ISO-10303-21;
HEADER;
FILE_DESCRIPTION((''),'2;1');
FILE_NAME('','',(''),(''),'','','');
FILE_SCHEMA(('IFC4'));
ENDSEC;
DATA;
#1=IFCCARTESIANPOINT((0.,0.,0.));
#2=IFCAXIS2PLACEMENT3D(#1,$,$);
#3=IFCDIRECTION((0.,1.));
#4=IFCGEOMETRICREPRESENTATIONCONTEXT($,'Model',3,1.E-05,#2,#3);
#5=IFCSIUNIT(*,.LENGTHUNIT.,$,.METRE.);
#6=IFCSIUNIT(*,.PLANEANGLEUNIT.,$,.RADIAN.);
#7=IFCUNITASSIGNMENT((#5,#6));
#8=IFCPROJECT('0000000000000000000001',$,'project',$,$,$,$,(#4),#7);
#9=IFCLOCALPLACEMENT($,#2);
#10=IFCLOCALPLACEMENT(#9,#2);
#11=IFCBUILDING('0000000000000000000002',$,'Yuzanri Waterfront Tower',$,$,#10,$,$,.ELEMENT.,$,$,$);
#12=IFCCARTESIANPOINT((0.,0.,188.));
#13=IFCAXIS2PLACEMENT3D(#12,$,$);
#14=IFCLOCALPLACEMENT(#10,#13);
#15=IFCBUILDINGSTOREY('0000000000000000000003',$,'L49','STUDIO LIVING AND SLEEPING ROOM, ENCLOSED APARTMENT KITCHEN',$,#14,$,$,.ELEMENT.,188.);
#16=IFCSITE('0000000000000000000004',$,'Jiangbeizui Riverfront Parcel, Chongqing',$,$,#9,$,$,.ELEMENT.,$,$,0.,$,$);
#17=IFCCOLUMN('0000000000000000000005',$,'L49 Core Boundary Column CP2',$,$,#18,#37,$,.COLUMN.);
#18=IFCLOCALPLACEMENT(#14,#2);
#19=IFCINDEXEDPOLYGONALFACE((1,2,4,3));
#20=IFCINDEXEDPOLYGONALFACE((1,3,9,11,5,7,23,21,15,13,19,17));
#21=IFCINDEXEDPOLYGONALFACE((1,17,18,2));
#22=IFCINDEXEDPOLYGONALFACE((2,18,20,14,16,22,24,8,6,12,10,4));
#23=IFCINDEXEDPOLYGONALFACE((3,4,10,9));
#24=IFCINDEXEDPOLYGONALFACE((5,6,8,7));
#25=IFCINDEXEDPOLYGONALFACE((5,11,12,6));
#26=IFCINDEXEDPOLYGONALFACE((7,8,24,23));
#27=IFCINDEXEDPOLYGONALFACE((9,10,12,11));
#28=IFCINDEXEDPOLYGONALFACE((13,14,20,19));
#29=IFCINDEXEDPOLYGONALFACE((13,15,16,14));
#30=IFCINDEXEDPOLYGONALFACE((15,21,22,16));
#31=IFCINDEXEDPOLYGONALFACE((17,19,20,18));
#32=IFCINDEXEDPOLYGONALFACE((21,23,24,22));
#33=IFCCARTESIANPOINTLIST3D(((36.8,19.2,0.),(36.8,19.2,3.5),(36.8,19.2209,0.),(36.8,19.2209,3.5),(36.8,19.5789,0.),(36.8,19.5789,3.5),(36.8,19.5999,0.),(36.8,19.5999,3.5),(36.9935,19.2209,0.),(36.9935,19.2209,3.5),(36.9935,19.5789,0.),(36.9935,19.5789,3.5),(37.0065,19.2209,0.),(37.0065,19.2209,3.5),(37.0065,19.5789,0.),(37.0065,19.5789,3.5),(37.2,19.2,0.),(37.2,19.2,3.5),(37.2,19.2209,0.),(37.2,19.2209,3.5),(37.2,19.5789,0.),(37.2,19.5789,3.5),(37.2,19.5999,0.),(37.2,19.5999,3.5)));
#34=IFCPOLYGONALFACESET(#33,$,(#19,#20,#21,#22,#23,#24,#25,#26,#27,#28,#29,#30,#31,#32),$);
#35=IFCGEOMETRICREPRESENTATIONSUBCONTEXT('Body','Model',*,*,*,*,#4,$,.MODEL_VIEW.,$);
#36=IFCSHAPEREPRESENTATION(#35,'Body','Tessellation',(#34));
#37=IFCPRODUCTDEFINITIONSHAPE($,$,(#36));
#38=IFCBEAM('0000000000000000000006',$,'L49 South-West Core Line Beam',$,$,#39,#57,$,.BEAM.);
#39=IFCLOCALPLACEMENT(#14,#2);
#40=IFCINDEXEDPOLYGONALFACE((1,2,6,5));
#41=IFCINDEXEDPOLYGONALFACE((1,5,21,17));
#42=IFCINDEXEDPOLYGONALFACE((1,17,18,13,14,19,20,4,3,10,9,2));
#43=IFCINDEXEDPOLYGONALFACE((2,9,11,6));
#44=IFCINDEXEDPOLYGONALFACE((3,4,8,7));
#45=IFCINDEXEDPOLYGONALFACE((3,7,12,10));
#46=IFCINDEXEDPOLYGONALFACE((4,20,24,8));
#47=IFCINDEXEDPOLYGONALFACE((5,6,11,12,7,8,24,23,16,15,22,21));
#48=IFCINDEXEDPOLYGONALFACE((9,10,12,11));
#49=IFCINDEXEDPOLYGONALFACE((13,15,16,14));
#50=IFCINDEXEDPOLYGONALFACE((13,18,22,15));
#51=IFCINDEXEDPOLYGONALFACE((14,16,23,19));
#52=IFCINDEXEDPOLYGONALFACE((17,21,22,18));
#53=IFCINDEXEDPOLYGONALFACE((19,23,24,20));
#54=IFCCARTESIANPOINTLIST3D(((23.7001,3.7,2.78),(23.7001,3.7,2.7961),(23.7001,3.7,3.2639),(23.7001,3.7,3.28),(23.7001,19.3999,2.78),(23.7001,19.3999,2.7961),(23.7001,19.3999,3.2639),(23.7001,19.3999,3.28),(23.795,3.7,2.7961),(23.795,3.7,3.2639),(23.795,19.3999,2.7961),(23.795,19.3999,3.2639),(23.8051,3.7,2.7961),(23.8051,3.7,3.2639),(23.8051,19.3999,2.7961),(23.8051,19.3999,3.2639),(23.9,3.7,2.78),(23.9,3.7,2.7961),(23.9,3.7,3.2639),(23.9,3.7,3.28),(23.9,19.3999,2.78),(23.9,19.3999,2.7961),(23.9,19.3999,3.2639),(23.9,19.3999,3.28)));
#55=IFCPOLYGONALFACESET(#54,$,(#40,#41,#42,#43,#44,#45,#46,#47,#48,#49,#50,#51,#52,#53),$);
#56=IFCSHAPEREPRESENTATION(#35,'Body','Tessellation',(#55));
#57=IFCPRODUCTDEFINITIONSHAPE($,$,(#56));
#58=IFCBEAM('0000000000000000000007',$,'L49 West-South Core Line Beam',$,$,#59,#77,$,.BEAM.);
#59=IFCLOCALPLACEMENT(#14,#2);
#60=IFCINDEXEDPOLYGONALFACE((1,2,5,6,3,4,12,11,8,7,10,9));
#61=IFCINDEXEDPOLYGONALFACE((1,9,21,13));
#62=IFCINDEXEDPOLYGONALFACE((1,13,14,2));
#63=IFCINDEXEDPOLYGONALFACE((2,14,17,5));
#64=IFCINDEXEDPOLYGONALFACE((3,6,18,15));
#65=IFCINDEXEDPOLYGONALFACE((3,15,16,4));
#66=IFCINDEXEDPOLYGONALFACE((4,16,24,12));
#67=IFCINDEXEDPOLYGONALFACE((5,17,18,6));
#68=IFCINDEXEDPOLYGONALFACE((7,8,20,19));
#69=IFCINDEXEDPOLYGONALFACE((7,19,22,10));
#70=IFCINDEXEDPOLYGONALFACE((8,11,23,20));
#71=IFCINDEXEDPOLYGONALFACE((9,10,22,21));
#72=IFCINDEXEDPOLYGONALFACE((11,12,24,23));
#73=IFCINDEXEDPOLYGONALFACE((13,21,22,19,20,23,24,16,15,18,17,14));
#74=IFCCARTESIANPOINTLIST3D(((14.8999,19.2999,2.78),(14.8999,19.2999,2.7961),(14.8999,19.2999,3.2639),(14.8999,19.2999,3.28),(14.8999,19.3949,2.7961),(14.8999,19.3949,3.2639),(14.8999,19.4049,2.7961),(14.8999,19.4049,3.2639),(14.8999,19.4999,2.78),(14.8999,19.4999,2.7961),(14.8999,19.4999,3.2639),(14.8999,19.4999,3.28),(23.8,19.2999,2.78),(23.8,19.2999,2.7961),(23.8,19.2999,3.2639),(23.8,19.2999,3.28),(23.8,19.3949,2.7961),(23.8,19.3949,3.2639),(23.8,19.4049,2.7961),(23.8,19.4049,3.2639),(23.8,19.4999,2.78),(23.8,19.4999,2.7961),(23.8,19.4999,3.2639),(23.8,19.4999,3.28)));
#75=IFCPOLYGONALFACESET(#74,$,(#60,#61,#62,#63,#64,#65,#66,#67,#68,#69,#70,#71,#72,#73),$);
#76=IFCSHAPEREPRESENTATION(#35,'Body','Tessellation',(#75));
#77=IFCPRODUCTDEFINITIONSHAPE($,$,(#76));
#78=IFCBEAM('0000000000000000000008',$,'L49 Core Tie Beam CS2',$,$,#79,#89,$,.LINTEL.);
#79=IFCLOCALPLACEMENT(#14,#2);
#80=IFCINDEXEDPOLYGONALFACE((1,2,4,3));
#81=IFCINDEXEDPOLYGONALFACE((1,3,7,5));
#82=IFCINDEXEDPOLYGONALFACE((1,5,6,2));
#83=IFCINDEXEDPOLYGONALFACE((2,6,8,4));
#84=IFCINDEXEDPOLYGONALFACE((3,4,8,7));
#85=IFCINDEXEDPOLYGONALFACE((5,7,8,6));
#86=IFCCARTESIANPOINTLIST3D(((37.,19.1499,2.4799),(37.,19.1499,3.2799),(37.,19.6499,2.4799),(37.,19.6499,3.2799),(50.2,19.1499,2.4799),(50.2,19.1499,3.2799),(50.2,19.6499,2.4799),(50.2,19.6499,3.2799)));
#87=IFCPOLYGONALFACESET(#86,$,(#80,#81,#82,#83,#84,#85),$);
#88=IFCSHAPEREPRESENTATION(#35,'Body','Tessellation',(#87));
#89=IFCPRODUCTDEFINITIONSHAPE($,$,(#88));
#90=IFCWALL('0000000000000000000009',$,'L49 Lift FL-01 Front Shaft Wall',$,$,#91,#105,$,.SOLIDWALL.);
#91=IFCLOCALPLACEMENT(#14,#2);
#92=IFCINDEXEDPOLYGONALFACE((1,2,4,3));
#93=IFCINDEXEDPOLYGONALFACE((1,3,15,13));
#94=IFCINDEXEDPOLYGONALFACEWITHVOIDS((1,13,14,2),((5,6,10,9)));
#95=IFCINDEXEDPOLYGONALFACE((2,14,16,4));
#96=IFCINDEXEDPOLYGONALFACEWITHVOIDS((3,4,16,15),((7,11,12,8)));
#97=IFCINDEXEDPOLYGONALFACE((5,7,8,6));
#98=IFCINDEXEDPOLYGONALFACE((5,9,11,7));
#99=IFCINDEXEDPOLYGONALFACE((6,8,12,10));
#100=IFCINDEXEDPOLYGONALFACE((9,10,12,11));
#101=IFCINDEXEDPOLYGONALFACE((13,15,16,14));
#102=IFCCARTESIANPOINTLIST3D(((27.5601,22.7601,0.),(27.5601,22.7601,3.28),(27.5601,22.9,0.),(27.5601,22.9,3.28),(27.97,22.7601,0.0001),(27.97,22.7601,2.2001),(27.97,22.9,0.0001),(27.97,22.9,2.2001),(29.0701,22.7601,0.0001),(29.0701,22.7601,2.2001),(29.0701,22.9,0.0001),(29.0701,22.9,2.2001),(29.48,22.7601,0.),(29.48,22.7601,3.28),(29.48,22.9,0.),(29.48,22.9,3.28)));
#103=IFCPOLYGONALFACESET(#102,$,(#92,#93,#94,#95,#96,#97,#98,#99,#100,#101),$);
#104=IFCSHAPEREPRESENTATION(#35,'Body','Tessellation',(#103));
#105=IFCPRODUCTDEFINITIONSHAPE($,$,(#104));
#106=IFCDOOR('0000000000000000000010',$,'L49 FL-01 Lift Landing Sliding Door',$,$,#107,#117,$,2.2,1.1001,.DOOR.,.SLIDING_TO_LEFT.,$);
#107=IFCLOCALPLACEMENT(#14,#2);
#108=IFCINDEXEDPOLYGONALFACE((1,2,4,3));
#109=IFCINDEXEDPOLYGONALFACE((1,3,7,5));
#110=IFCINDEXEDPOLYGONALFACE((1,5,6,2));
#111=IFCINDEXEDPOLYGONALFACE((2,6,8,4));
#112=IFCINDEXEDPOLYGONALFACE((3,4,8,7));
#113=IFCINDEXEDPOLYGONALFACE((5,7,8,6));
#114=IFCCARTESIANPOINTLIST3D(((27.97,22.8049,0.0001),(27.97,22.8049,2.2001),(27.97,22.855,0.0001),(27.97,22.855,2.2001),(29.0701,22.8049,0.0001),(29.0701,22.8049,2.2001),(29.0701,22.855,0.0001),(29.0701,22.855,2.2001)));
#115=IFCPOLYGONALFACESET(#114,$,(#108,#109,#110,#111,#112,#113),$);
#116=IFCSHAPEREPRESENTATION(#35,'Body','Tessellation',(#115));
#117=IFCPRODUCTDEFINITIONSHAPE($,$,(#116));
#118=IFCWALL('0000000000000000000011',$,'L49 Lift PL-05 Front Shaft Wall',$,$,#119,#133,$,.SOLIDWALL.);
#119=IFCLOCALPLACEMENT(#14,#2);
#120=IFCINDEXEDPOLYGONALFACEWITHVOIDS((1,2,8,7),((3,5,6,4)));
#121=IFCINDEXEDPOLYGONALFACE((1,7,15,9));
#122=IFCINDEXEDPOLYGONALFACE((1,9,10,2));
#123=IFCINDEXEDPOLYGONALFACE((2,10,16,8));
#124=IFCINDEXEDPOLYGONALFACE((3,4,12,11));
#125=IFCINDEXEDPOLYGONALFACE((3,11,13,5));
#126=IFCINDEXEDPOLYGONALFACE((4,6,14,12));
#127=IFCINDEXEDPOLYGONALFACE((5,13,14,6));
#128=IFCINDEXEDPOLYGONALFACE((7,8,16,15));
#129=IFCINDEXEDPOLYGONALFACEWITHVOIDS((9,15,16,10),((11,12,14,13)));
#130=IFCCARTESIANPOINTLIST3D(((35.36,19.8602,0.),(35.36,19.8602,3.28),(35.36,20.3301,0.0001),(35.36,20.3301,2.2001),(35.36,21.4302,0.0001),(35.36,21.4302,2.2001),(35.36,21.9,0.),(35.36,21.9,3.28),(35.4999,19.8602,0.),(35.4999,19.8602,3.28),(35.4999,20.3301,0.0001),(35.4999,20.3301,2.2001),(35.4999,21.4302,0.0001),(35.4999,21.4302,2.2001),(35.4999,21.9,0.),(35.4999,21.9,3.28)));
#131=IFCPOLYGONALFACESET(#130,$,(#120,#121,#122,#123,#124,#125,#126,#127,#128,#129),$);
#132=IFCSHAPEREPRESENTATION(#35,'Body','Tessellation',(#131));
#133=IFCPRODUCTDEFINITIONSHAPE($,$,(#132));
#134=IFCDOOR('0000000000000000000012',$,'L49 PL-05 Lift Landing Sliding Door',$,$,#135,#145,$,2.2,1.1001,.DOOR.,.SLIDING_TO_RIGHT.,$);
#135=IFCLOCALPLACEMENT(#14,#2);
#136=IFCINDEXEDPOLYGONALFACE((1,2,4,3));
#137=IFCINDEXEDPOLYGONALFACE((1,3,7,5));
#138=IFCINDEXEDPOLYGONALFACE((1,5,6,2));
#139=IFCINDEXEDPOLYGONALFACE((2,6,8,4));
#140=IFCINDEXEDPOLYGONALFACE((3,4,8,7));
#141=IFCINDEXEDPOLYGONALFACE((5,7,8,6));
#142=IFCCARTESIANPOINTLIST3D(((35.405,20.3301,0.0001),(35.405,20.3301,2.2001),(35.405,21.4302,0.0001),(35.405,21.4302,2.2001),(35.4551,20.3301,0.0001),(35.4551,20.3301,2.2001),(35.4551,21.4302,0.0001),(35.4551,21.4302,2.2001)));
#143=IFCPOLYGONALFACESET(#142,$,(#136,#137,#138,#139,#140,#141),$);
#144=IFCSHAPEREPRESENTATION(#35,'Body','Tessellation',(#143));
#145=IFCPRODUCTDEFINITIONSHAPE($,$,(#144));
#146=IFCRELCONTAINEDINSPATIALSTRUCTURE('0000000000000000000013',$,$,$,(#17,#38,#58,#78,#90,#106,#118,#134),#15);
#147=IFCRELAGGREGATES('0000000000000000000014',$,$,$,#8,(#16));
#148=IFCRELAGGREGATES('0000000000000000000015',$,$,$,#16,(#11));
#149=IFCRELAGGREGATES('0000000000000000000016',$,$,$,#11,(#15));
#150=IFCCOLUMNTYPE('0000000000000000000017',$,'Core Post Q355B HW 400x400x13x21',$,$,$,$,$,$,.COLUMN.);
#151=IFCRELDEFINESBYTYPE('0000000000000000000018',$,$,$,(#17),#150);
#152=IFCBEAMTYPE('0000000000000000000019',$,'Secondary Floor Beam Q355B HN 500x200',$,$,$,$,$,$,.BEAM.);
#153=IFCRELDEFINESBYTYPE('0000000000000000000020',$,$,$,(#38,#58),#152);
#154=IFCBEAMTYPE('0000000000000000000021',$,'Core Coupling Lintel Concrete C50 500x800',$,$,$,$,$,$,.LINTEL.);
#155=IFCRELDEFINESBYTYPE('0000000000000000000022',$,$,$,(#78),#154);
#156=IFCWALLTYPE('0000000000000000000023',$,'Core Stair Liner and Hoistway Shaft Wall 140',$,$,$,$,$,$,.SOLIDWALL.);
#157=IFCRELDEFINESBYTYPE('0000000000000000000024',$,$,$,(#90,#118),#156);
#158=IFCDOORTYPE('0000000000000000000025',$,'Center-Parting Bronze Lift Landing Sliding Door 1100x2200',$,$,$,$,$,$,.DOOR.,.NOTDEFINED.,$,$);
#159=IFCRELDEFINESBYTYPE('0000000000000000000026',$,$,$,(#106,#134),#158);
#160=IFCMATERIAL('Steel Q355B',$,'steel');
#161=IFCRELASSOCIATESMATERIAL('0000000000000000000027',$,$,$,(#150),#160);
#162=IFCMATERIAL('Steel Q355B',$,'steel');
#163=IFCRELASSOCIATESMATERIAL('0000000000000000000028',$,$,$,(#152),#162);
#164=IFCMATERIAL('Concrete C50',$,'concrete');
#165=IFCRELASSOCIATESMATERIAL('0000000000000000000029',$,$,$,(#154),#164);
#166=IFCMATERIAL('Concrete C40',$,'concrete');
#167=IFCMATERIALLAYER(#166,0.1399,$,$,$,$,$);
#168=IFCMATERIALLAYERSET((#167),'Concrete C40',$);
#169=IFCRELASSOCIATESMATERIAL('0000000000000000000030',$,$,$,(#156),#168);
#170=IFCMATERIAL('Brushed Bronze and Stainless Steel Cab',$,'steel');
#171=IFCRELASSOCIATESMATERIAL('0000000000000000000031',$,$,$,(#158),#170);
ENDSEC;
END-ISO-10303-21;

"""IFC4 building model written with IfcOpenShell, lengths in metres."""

from ifc_helpers import new_model, si_unit, direction, frame, frame_2d, origin, origin_2d, place, context, subcontext, project, spatial, rectangle, i_section, extrude, source, transform, mapped, material, layer, layer_set, material_profile, profile_set, type_object, element, fill, save


model = new_model("IFC4")

# Units and contexts
model_context = context("Model", 3, precision=1e-05, world=origin(), true_north=direction((0.0, 1.0)))
body_context = subcontext(model_context, "Body", "Model", "MODEL_VIEW")
ifc_project = project(units=[si_unit("LENGTHUNIT", "METRE"), si_unit("PLANEANGLEUNIT", "RADIAN")], contexts=[model_context])

# Site, building, storey
site_placement = place(None, origin())
site = spatial("IfcSite", under=ifc_project, at=site_placement, Name="Jiangbeizui Riverfront Parcel, Chongqing", CompositionType="ELEMENT", RefElevation=0.0)
building_placement = place(site_placement, origin())
building = spatial("IfcBuilding", under=site, at=building_placement, Name="Yuzanri Waterfront Tower", CompositionType="ELEMENT")
storey_placement = place(building_placement, frame((0.0, 0.0, 188.0)))
storey = spatial("IfcBuildingStorey", under=building, at=storey_placement, Name="L49", Description="STUDIO LIVING AND SLEEPING ROOM, ENCLOSED APARTMENT KITCHEN", CompositionType="ELEMENT", Elevation=188.0)

# Column
ifc_material_1 = material(Name="Steel Q355B", Category="steel")
ifc_material_profile_1 = material_profile(ifc_material_1, i_section(OverallWidth=0.3999, OverallDepth=0.3999, WebThickness=0.0129, FlangeThickness=0.021, at=origin_2d()), Name="HW 400x400x13x21")
ifc_profile_set_1 = profile_set([ifc_material_profile_1], Name="Steel Q355B")
column_type = type_object("IfcColumnType", Name="Core Post Q355B HW 400x400x13x21", PredefinedType="COLUMN", material=ifc_profile_set_1)
shared_shape_1 = source(origin(), body_context, "Body", "SweptSolid", [
    extrude(i_section(OverallWidth=0.3999, OverallDepth=0.3999, WebThickness=0.0129, FlangeThickness=0.021, at=origin_2d()), origin(), (0.0, 0.0, 1.0), 3.5),
])
column_placement = place(storey_placement, frame((37.0, 19.3999, 0.0), z_axis=(0.0, 0.0, 1.0), x_axis=(1.0, 0.0, 0.0)))
element("IfcColumn", 1, at=column_placement, inside=storey, type_object=column_type, Name="L49 Core Boundary Column CP2", PredefinedType="COLUMN", context=body_context, shape_type="MappedRepresentation", body=[
    mapped(shared_shape_1, transform((0.0, 0.0, 0.0), scale=1.0)),
])

# Beams
ifc_material_2 = material(Name="Steel Q355B", Category="steel")
ifc_material_profile_2 = material_profile(ifc_material_2, i_section(OverallWidth=0.2, OverallDepth=0.5, WebThickness=0.01, FlangeThickness=0.0161, at=origin_2d()), Name="HN 500x200x10x16")
ifc_profile_set_2 = profile_set([ifc_material_profile_2], Name="Steel Q355B")
beam_type_1 = type_object("IfcBeamType", Name="Secondary Floor Beam Q355B HN 500x200", PredefinedType="BEAM", material=ifc_profile_set_2)
shared_shape_2 = source(origin(), body_context, "Body", "SweptSolid", [
    extrude(i_section(OverallWidth=0.2, OverallDepth=0.5, WebThickness=0.01, FlangeThickness=0.0161, at=origin_2d()), origin(), (0.0, 0.0, 1.0), 15.7),
])
beam_1_placement = place(storey_placement, frame((23.8, 19.3999, 3.03), z_axis=(0.0, -1.0, 0.0), x_axis=(1.0, 0.0, 0.0)))
element("IfcBeam", 2, at=beam_1_placement, inside=storey, type_object=beam_type_1, Name="L49 South-West Core Line Beam", PredefinedType="BEAM", context=body_context, shape_type="MappedRepresentation", body=[
    mapped(shared_shape_2, transform((0.0, 0.0, 0.0), scale=1.0)),
])
shared_shape_3 = source(origin(), body_context, "Body", "SweptSolid", [
    extrude(i_section(OverallWidth=0.2, OverallDepth=0.5, WebThickness=0.01, FlangeThickness=0.0161, at=origin_2d()), origin(), (0.0, 0.0, 1.0), 8.9001),
])
beam_2_placement = place(storey_placement, frame((23.8, 19.3999, 3.03), z_axis=(-1.0, 0.0, 0.0), x_axis=(0.0, -1.0, 0.0)))
element("IfcBeam", 3, at=beam_2_placement, inside=storey, type_object=beam_type_1, Name="L49 West-South Core Line Beam", PredefinedType="BEAM", context=body_context, shape_type="MappedRepresentation", body=[
    mapped(shared_shape_3, transform((0.0, 0.0, 0.0), scale=1.0)),
])
ifc_material_3 = material(Name="Concrete C50", Category="concrete")
ifc_material_profile_3 = material_profile(ifc_material_3, rectangle(XDim=0.5, YDim=0.8, at=origin_2d()), Name="RC 500x800")
ifc_profile_set_3 = profile_set([ifc_material_profile_3], Name="Concrete C50")
beam_type_2 = type_object("IfcBeamType", Name="Core Coupling Lintel Concrete C50 500x800", PredefinedType="LINTEL", material=ifc_profile_set_3)
shared_shape_4 = source(origin(), body_context, "Body", "SweptSolid", [
    extrude(rectangle(XDim=0.5, YDim=0.8, at=origin_2d()), origin(), (0.0, 0.0, 1.0), 13.2),
])
beam_3_placement = place(storey_placement, frame((37.0, 19.3999, 2.8799), z_axis=(1.0, 0.0, 0.0), x_axis=(0.0, 1.0, 0.0)))
element("IfcBeam", 4, at=beam_3_placement, inside=storey, type_object=beam_type_2, Name="L49 Core Tie Beam CS2", PredefinedType="LINTEL", context=body_context, shape_type="MappedRepresentation", body=[
    mapped(shared_shape_4, transform((0.0, 0.0, 0.0), scale=1.0)),
])

# Walls, openings, doors
ifc_material_4 = material(Name="Concrete C40", Category="concrete")
ifc_layer_1 = layer(ifc_material_4, 0.1399)
ifc_layer_set_1 = layer_set([ifc_layer_1], Name="Concrete C40")
wall_type_1 = type_object("IfcWallType", Name="Core Stair Liner and Hoistway Shaft Wall 140", PredefinedType="SOLIDWALL", material=ifc_layer_set_1)
wall_1_placement = place(storey_placement, frame((27.5601, 22.8301, 0.0), z_axis=(0.0, 0.0, 1.0), x_axis=(1.0, 0.0, 0.0)))
wall_1 = element("IfcWall", 5, at=wall_1_placement, inside=storey, type_object=wall_type_1, Name="L49 Lift FL-01 Front Shaft Wall", PredefinedType="SOLIDWALL", context=body_context, shape_type="SweptSolid", body=[
    extrude(rectangle(XDim=1.9199, YDim=0.1399, at=frame_2d((0.96, 0.0))), origin(), (0.0, 0.0, 1.0), 3.28),
])
opening_1_placement = place(wall_1_placement, frame((0.4099, 0.0, 0.0)))
opening_1 = element("IfcOpeningElement", 6, at=opening_1_placement, cuts=wall_1, PredefinedType="OPENING", context=body_context, shape_type="SweptSolid", body=[
    extrude(rectangle(XDim=1.1001, YDim=2.2, at=frame_2d((0.55, 1.1001))), frame((0.0, 0.085, 0.0), z_axis=(0.0, -1.0, 0.0), x_axis=(1.0, 0.0, 0.0)), (0.0, 0.0, 1.0), 0.1697),
])
ifc_material_5 = material(Name="Brushed Bronze and Stainless Steel Cab", Category="steel")
door_type_1 = type_object("IfcDoorType", Name="Center-Parting Bronze Lift Landing Sliding Door 1100x2200", OperationType="NOTDEFINED", PredefinedType="DOOR", material=ifc_material_5)
shared_shape_5 = source(origin(), body_context, "Body", "SweptSolid", [
    extrude(rectangle(XDim=1.1001, YDim=2.2, at=frame_2d((0.55, 1.1001))), frame((0.0, 0.0249, 0.0), z_axis=(0.0, -1.0, 0.0), x_axis=(1.0, 0.0, 0.0)), (0.0, 0.0, 1.0), 0.05),
])
door_1_placement = place(opening_1_placement, origin())
door_1 = element("IfcDoor", 7, at=door_1_placement, inside=storey, type_object=door_type_1, Name="L49 FL-01 Lift Landing Sliding Door", OperationType="SLIDING_TO_LEFT", OverallHeight=2.2, OverallWidth=1.1001, PredefinedType="DOOR", context=body_context, shape_type="MappedRepresentation", body=[
    mapped(shared_shape_5, transform((0.0, 0.0, 0.0), scale=1.0)),
])
fill(opening_1, door_1)
wall_2_placement = place(storey_placement, frame((35.4299, 19.8601, 0.0), z_axis=(0.0, 0.0, 1.0), x_axis=(0.0, 1.0, 0.0)))
wall_2 = element("IfcWall", 8, at=wall_2_placement, inside=storey, type_object=wall_type_1, Name="L49 Lift PL-05 Front Shaft Wall", PredefinedType="SOLIDWALL", context=body_context, shape_type="SweptSolid", body=[
    extrude(rectangle(XDim=2.0398, YDim=0.1399, at=frame_2d((1.02, 0.0))), origin(), (0.0, 0.0, 1.0), 3.28),
])
opening_2_placement = place(wall_2_placement, frame((0.47, 0.0, 0.0)))
opening_2 = element("IfcOpeningElement", 9, at=opening_2_placement, cuts=wall_2, PredefinedType="OPENING", context=body_context, shape_type="SweptSolid", body=[
    extrude(rectangle(XDim=1.1001, YDim=2.2, at=frame_2d((0.55, 1.1001))), frame((0.0, 0.085, 0.0), z_axis=(0.0, -1.0, 0.0), x_axis=(1.0, 0.0, 0.0)), (0.0, 0.0, 1.0), 0.1697),
])
door_2_placement = place(opening_2_placement, origin())
door_2 = element("IfcDoor", 10, at=door_2_placement, inside=storey, type_object=door_type_1, Name="L49 PL-05 Lift Landing Sliding Door", OperationType="SLIDING_TO_RIGHT", OverallHeight=2.2, OverallWidth=1.1001, PredefinedType="DOOR", context=body_context, shape_type="MappedRepresentation", body=[
    mapped(shared_shape_5, transform((0.0, 0.0, 0.0), scale=1.0)),
])
fill(opening_2, door_2)

save(model, "model.ifc")
